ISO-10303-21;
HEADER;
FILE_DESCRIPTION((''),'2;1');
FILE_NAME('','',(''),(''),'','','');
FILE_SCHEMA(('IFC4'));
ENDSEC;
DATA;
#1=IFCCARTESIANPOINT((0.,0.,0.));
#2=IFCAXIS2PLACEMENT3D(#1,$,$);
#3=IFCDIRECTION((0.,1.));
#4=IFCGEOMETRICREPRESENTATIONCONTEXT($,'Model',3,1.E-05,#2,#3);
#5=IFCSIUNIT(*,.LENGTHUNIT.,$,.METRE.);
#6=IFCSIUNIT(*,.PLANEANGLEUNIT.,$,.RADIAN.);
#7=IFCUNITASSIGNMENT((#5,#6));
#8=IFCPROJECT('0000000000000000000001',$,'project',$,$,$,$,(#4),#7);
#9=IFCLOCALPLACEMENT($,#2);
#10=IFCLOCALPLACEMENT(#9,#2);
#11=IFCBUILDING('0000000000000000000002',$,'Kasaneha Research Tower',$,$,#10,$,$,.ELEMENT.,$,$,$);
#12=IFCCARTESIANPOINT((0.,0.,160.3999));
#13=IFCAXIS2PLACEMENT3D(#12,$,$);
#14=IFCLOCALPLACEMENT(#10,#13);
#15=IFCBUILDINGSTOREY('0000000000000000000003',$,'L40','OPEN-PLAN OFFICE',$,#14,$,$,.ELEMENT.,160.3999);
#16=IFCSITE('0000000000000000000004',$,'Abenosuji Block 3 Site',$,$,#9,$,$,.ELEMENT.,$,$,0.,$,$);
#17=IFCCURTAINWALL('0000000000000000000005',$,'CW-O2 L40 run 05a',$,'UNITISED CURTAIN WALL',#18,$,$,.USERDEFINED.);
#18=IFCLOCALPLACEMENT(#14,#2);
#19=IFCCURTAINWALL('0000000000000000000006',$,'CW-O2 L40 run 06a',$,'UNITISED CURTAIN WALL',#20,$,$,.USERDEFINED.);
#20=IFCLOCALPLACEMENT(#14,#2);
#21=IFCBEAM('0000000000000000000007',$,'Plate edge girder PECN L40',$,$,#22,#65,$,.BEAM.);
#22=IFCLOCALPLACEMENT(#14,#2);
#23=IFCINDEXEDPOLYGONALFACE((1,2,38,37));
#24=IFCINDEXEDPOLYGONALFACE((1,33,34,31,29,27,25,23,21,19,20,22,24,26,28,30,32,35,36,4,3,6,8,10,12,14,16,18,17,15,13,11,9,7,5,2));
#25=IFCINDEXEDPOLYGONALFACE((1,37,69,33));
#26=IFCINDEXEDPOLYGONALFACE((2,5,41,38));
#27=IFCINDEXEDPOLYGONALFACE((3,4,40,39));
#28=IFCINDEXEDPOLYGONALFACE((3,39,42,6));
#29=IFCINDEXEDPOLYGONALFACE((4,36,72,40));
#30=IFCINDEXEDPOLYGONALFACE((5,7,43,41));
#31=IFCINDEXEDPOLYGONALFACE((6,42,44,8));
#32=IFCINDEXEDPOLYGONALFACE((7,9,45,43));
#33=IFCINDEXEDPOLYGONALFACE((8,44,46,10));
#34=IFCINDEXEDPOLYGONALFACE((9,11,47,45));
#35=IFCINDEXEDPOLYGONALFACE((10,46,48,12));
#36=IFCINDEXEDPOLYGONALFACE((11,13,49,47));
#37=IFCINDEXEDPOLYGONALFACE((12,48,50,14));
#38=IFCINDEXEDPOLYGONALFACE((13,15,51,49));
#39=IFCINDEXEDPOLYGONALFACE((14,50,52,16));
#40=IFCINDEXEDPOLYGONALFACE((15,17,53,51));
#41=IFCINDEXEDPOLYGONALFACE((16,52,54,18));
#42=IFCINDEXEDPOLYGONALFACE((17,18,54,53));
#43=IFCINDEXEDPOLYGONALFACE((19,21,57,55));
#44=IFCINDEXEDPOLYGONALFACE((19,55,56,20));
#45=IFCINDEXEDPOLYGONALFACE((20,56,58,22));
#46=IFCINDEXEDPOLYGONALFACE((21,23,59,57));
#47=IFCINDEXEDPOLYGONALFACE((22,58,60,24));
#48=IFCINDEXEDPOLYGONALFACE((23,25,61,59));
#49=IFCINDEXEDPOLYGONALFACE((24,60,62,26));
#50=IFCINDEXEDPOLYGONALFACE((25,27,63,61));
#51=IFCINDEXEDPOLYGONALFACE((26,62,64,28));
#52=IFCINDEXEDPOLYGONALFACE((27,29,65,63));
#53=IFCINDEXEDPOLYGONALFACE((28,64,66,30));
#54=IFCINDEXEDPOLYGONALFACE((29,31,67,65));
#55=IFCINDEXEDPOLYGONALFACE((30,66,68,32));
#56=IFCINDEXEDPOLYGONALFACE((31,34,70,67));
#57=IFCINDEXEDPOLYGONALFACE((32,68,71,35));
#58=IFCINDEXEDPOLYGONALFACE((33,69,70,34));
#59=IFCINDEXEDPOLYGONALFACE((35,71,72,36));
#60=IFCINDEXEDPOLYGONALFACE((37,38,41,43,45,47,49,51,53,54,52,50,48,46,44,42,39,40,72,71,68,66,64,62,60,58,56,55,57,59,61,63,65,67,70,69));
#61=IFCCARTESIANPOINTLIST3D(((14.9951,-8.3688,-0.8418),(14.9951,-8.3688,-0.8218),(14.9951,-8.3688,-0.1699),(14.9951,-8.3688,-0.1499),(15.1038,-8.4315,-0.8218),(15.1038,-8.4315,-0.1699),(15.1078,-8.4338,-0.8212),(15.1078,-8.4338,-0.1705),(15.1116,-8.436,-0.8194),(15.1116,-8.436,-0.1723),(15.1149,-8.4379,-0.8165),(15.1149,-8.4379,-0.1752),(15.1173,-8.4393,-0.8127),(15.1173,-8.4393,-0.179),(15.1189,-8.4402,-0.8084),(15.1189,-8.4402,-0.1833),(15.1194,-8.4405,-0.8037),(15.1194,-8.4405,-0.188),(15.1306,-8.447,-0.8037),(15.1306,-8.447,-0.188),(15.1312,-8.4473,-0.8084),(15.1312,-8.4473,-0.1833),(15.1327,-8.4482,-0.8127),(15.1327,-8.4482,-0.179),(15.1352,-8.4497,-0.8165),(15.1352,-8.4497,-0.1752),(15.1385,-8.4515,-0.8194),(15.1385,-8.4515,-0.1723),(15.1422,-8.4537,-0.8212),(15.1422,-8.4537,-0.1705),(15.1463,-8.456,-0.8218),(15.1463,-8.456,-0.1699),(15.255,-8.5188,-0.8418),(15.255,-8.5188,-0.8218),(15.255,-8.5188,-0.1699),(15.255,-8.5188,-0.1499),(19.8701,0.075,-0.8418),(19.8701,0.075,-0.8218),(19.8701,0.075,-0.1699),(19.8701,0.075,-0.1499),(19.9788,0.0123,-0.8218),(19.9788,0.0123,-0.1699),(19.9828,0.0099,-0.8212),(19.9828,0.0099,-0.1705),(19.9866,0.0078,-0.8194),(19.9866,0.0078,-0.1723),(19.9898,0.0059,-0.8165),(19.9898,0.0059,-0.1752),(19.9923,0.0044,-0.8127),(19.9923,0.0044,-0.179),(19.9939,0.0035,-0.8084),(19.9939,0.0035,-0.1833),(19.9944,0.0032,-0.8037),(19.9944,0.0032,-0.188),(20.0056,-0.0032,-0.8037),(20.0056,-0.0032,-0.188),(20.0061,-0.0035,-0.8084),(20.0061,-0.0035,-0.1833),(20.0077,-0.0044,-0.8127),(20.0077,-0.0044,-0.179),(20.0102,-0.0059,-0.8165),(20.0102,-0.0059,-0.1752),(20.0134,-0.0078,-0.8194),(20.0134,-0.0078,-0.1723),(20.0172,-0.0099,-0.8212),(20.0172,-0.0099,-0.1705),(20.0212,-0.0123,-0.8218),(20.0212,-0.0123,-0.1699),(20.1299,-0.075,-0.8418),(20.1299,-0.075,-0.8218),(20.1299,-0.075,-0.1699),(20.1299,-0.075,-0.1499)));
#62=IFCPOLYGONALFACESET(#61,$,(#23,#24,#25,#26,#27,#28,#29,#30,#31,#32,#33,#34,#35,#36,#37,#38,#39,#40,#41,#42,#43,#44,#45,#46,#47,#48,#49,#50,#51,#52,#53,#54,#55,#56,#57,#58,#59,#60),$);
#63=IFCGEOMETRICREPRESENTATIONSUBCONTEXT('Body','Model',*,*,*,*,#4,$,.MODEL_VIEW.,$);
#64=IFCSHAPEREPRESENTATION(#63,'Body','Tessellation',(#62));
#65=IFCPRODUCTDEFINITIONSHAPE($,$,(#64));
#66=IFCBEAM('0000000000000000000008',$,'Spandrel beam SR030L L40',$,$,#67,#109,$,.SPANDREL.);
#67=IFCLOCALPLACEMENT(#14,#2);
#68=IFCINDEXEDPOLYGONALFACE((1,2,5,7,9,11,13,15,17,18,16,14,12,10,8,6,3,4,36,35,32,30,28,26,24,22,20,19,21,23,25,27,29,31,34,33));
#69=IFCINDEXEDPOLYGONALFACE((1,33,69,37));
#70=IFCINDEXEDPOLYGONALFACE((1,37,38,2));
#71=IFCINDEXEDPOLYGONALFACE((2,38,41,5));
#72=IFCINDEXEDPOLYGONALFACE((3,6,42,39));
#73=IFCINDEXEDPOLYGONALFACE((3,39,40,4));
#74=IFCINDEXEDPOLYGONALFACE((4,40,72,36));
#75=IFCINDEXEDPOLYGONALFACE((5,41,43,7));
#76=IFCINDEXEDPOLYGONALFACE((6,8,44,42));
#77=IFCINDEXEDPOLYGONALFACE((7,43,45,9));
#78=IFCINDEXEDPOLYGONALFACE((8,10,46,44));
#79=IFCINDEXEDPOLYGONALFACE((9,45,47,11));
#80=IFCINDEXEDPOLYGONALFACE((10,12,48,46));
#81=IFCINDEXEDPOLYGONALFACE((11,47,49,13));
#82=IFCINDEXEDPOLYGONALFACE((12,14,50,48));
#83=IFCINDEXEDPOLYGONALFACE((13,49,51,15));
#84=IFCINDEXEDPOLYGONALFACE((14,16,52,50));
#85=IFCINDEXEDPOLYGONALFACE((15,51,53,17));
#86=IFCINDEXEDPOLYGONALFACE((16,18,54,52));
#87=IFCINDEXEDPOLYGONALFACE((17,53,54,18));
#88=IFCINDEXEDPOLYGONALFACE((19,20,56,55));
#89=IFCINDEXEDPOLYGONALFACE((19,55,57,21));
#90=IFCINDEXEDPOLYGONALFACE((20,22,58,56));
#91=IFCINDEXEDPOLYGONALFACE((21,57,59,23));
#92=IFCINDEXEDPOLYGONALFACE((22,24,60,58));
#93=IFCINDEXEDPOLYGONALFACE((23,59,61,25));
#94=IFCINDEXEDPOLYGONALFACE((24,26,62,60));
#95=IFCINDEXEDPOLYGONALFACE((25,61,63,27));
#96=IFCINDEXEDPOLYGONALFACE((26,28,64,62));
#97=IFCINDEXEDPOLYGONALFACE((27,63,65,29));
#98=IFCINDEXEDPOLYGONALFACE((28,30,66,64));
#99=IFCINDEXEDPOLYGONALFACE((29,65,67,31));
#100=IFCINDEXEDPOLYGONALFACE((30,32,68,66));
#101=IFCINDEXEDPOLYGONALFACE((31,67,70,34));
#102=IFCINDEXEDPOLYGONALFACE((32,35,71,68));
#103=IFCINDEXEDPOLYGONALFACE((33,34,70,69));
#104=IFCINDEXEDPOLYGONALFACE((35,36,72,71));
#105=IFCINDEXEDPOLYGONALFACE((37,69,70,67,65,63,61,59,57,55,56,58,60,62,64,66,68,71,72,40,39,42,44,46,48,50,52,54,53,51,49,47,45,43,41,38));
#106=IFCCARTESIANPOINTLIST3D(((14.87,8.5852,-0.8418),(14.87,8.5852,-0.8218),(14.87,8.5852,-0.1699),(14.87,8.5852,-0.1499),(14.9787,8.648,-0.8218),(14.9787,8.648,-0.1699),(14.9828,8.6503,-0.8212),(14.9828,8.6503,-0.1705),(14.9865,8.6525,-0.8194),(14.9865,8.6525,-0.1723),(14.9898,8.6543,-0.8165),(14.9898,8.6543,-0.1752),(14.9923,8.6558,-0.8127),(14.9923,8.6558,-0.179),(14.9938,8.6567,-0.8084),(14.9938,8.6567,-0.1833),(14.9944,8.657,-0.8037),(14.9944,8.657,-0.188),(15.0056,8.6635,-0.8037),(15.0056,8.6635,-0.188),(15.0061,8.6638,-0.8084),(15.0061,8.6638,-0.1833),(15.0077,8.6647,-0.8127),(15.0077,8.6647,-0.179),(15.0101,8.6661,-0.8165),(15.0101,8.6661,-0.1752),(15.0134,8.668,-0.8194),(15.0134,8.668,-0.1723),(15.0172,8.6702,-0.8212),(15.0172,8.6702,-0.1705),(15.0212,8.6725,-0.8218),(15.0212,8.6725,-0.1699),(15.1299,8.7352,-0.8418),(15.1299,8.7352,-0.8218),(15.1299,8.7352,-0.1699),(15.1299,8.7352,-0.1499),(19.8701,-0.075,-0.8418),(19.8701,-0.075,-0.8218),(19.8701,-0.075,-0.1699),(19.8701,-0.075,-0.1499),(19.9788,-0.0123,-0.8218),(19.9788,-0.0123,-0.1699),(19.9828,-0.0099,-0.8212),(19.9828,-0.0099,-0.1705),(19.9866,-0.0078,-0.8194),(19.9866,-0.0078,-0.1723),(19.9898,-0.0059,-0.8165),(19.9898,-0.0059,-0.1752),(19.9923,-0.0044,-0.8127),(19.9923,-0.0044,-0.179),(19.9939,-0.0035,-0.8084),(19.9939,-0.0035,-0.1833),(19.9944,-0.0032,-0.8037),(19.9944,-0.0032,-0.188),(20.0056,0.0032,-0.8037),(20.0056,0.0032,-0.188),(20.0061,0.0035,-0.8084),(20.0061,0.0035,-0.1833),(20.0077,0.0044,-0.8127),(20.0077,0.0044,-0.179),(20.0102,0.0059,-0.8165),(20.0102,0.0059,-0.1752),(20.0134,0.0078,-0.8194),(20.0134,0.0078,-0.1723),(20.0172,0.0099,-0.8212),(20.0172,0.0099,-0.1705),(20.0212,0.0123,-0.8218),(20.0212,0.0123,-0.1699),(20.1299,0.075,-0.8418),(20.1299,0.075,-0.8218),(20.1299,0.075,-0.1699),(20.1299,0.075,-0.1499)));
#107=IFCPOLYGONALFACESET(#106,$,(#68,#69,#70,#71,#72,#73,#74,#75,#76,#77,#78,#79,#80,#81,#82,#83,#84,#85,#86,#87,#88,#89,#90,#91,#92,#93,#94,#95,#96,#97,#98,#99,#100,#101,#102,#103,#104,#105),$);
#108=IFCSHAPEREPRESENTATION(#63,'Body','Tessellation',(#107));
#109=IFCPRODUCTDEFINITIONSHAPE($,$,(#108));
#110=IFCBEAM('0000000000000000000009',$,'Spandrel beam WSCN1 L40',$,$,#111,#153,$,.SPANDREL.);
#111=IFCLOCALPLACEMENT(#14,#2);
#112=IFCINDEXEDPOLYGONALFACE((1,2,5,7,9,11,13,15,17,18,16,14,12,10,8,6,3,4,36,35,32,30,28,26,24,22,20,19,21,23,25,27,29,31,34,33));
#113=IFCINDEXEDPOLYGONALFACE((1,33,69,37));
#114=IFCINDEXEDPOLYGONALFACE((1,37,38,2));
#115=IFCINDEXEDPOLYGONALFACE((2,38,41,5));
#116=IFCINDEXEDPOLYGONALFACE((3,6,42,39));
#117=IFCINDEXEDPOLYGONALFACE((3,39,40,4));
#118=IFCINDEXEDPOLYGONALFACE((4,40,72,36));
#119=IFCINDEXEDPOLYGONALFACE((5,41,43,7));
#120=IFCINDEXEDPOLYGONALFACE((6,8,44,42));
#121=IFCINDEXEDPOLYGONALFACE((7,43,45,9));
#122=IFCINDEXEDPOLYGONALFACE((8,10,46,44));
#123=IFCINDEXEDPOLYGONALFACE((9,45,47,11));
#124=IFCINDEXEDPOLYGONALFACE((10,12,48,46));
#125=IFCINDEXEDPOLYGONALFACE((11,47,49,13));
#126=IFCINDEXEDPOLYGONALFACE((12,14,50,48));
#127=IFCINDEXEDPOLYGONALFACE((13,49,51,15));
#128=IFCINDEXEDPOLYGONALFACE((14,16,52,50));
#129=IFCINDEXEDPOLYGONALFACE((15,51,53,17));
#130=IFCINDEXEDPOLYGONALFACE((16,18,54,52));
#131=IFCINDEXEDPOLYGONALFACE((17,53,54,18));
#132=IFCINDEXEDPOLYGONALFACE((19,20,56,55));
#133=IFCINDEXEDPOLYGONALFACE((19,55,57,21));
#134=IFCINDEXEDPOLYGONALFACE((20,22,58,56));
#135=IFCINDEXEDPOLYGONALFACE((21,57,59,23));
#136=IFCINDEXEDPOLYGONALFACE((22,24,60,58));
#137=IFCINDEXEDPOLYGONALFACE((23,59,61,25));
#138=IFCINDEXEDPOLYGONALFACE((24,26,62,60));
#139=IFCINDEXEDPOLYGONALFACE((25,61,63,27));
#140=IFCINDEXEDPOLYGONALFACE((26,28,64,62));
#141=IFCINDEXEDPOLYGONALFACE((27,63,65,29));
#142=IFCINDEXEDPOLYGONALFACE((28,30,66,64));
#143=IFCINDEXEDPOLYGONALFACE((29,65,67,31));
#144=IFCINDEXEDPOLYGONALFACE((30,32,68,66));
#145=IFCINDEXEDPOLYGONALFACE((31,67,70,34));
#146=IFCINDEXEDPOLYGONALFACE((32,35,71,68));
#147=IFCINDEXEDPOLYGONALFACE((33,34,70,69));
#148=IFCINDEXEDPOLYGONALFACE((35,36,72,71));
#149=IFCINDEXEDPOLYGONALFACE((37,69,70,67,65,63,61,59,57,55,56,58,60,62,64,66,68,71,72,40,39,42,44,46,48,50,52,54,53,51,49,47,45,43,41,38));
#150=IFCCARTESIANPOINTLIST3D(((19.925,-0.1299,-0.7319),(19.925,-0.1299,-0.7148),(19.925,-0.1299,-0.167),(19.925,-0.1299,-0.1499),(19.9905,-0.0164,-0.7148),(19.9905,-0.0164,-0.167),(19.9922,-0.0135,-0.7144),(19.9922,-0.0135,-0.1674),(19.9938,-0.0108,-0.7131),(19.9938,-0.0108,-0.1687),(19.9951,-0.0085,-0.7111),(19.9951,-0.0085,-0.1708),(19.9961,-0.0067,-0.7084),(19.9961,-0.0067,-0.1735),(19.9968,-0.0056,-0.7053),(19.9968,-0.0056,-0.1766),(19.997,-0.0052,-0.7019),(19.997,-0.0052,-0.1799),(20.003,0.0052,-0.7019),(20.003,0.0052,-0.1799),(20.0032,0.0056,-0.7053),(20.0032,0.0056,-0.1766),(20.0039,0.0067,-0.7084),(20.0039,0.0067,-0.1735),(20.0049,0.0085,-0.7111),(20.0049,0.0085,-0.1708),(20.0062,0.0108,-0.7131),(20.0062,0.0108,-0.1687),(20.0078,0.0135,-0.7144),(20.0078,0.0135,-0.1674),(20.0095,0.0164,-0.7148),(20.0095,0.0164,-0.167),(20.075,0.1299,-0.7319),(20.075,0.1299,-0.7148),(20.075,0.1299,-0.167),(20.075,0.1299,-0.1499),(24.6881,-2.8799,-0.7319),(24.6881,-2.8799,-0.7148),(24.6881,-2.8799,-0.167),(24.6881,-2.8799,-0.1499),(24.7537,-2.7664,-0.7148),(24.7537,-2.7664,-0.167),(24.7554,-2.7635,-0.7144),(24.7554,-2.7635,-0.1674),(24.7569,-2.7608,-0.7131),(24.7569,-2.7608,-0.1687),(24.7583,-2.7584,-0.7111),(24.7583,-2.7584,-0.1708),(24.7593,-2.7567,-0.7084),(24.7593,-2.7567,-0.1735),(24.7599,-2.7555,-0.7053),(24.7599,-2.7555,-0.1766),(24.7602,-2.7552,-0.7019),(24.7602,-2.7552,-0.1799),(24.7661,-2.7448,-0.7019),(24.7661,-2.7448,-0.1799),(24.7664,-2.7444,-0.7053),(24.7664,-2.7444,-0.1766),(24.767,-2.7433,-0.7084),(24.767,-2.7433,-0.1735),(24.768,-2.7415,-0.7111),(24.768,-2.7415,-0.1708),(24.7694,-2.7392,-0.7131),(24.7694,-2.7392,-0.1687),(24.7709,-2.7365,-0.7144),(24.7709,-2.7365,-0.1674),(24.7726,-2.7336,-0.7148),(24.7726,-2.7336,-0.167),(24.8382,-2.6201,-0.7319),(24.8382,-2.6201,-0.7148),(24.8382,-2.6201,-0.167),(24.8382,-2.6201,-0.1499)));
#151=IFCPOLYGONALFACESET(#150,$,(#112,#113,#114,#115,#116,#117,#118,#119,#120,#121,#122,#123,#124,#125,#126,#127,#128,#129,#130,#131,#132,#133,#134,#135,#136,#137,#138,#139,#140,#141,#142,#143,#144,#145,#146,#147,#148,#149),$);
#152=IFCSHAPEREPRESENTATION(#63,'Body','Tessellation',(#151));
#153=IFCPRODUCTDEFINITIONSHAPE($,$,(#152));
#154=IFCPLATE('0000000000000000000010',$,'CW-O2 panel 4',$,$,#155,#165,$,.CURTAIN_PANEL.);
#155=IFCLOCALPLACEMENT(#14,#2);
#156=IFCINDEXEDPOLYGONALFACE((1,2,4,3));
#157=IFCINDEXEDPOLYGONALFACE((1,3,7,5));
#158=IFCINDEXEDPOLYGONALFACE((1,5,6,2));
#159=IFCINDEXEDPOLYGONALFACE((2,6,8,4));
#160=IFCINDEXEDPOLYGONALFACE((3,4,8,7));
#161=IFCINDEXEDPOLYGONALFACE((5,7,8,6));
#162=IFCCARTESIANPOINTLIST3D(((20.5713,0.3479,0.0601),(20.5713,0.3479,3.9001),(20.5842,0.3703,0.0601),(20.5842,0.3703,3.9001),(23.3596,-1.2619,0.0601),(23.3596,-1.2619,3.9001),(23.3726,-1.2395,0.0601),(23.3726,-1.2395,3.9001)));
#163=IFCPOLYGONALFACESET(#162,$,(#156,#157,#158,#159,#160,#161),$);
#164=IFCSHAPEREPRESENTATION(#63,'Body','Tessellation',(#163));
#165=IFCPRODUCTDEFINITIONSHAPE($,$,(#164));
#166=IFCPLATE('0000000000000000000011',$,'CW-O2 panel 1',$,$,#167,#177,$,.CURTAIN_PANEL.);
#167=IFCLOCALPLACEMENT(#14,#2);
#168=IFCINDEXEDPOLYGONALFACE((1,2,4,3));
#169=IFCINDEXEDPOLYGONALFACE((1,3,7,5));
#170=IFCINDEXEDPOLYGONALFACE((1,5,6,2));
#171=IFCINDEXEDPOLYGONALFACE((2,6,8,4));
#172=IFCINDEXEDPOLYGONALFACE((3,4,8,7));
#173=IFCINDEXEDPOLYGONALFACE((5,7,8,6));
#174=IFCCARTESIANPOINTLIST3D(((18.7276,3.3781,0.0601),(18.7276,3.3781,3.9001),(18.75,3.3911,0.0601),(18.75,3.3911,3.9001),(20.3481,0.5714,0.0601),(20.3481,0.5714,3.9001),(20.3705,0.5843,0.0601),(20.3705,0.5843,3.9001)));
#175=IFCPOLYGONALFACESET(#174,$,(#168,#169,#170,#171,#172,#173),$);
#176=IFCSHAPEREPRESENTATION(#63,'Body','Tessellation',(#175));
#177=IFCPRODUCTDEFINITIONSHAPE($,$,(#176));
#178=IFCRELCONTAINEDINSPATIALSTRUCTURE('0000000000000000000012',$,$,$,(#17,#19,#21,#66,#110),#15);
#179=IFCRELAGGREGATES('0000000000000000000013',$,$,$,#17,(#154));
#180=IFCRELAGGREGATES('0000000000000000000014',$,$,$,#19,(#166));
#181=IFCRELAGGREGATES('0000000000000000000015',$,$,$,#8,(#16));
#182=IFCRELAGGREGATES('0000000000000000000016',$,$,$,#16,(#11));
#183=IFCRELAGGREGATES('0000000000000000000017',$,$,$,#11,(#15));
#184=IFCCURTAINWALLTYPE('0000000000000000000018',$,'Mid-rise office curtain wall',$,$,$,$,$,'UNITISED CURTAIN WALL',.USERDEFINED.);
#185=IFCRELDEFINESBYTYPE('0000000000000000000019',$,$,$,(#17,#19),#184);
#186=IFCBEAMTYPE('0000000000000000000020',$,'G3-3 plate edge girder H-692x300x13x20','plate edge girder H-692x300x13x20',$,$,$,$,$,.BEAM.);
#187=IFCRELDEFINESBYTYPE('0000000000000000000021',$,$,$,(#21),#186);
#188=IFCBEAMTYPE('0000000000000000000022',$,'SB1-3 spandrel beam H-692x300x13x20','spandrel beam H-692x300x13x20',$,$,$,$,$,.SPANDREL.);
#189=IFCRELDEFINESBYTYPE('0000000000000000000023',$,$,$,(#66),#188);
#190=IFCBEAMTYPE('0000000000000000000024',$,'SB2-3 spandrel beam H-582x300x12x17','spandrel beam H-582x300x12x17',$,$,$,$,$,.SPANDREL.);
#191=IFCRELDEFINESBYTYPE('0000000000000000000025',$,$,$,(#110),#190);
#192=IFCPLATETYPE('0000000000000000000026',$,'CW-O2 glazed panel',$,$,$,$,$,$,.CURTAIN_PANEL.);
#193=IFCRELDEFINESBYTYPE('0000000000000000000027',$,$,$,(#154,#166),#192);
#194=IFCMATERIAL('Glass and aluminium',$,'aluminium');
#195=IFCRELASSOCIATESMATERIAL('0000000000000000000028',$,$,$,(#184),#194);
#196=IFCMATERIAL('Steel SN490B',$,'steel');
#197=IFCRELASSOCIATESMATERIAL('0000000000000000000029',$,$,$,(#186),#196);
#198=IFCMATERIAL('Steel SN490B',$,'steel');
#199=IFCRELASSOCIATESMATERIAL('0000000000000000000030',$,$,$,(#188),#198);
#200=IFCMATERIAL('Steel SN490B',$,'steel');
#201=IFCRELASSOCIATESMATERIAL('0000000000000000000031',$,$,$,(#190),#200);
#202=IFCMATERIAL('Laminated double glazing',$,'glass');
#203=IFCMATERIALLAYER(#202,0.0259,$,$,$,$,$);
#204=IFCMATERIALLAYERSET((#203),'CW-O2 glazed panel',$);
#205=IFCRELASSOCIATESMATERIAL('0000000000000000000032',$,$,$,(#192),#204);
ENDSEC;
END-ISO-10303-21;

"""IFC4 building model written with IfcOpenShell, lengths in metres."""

from ifc_helpers import new_model, si_unit, direction, frame, origin, origin_2d, place, context, subcontext, project, spatial, rectangle, i_section, extrude, material, layer, layer_set, material_profile, profile_set, type_object, element, aggregate, save


model = new_model("IFC4")

# Units and contexts
model_context = context("Model", 3, precision=1e-05, world=origin(), true_north=direction((0.0, 1.0)))
body_context = subcontext(model_context, "Body", "Model", "MODEL_VIEW")
ifc_project = project(units=[si_unit("LENGTHUNIT", "METRE"), si_unit("PLANEANGLEUNIT", "RADIAN")], contexts=[model_context])

# Site, building, storey
site_placement = place(None, origin())
site = spatial("IfcSite", under=ifc_project, at=site_placement, Name="Abenosuji Block 3 Site", CompositionType="ELEMENT", RefElevation=0.0)
building_placement = place(site_placement, origin())
building = spatial("IfcBuilding", under=site, at=building_placement, Name="Kasaneha Research Tower", CompositionType="ELEMENT")
storey_placement = place(building_placement, frame((0.0, 0.0, 160.3999)))
storey = spatial("IfcBuildingStorey", under=building, at=storey_placement, Name="L40", Description="OPEN-PLAN OFFICE", CompositionType="ELEMENT", Elevation=160.3999)

# Curtain walls
ifc_material_1 = material(Name="Glass and aluminium", Category="aluminium")
curtain_wall_type = type_object("IfcCurtainWallType", Name="Mid-rise office curtain wall", ElementType="UNITISED CURTAIN WALL", PredefinedType="USERDEFINED", material=ifc_material_1)
curtain_wall_1_placement = place(storey_placement, origin())
curtain_wall_1 = element("IfcCurtainWall", 1, at=curtain_wall_1_placement, inside=storey, type_object=curtain_wall_type, Name="CW-O2 L40 run 05a", ObjectType="UNITISED CURTAIN WALL", PredefinedType="USERDEFINED")
curtain_wall_2_placement = place(storey_placement, origin())
curtain_wall_2 = element("IfcCurtainWall", 2, at=curtain_wall_2_placement, inside=storey, type_object=curtain_wall_type, Name="CW-O2 L40 run 06a", ObjectType="UNITISED CURTAIN WALL", PredefinedType="USERDEFINED")

# Beams
ifc_material_2 = material(Name="Steel SN490B", Category="steel")
ifc_material_profile_1 = material_profile(ifc_material_2, i_section(OverallWidth=0.3, OverallDepth=0.6919, WebThickness=0.0129, FlangeThickness=0.02, FilletRadius=0.0181, at=origin_2d()), Name="H-692x300x13x20")
ifc_profile_set_1 = profile_set([ifc_material_profile_1], Name="Steel SN490B")
beam_type_1 = type_object("IfcBeamType", Name="G3-3 plate edge girder H-692x300x13x20", Description="plate edge girder H-692x300x13x20", PredefinedType="BEAM", material=ifc_profile_set_1)
beam_1_placement = place(storey_placement, frame((20.0, 0.0, -0.4958), z_axis=(-0.499996, -0.866028, 0.0), x_axis=(0.866028, -0.499996, 0.0)))
element("IfcBeam", 3, at=beam_1_placement, inside=storey, type_object=beam_type_1, Name="Plate edge girder PECN L40", PredefinedType="BEAM", context=body_context, shape_type="SweptSolid", body=[
    extrude(i_section(OverallWidth=0.3, OverallDepth=0.6919, WebThickness=0.0129, FlangeThickness=0.02, FilletRadius=0.0181, at=origin_2d()), origin(), (0.0, 0.0, 1.0), 9.75),
])
ifc_material_3 = material(Name="Steel SN490B", Category="steel")
ifc_material_profile_2 = material_profile(ifc_material_3, i_section(OverallWidth=0.3, OverallDepth=0.6919, WebThickness=0.0129, FlangeThickness=0.02, FilletRadius=0.0181, at=origin_2d()), Name="H-692x300x13x20")
ifc_profile_set_2 = profile_set([ifc_material_profile_2], Name="Steel SN490B")
beam_type_2 = type_object("IfcBeamType", Name="SB1-3 spandrel beam H-692x300x13x20", Description="spandrel beam H-692x300x13x20", PredefinedType="SPANDREL", material=ifc_profile_set_2)
beam_2_placement = place(storey_placement, frame((20.0, 0.0, -0.4958), z_axis=(-0.500004, 0.866023, 0.0), x_axis=(-0.866023, -0.500004, 0.0)))
element("IfcBeam", 4, at=beam_2_placement, inside=storey, type_object=beam_type_2, Name="Spandrel beam SR030L L40", PredefinedType="SPANDREL", context=body_context, shape_type="SweptSolid", body=[
    extrude(i_section(OverallWidth=0.3, OverallDepth=0.6919, WebThickness=0.0129, FlangeThickness=0.02, FilletRadius=0.0181, at=origin_2d()), origin(), (0.0, 0.0, 1.0), 10.0),
])
ifc_material_4 = material(Name="Steel SN490B", Category="steel")
ifc_material_profile_3 = material_profile(ifc_material_4, i_section(OverallWidth=0.3, OverallDepth=0.582, WebThickness=0.012, FlangeThickness=0.0171, FilletRadius=0.0129, at=origin_2d()), Name="H-582x300x12x17")
ifc_profile_set_3 = profile_set([ifc_material_profile_3], Name="Steel SN490B")
beam_type_3 = type_object("IfcBeamType", Name="SB2-3 spandrel beam H-582x300x12x17", Description="spandrel beam H-582x300x12x17", PredefinedType="SPANDREL", material=ifc_profile_set_3)
beam_3_placement = place(storey_placement, frame((20.0, 0.0, -0.4409), z_axis=(0.866027, -0.499997, 0.0), x_axis=(0.499997, 0.866027, 0.0)))
element("IfcBeam", 5, at=beam_3_placement, inside=storey, type_object=beam_type_3, Name="Spandrel beam WSCN1 L40", PredefinedType="SPANDREL", context=body_context, shape_type="SweptSolid", body=[
    extrude(i_section(OverallWidth=0.3, OverallDepth=0.582, WebThickness=0.012, FlangeThickness=0.0171, FilletRadius=0.0129, at=origin_2d()), origin(), (0.0, 0.0, 1.0), 5.5),
])

# Plates
ifc_material_5 = material(Name="Laminated double glazing", Category="glass")
ifc_layer = layer(ifc_material_5, 0.0259)
ifc_layer_set = layer_set([ifc_layer], Name="CW-O2 glazed panel")
plate_type = type_object("IfcPlateType", Name="CW-O2 glazed panel", PredefinedType="CURTAIN_PANEL", material=ifc_layer_set)
plate_1_placement = place(storey_placement, frame((21.9719, -0.4458, 0.0601), z_axis=(0.0, 0.0, 1.0), x_axis=(-0.866025, 0.5, 0.0)))
plate_1 = element("IfcPlate", 6, at=plate_1_placement, type_object=plate_type, Name="CW-O2 panel 4", PredefinedType="CURTAIN_PANEL", context=body_context, shape_type="SweptSolid", body=[
    extrude(rectangle(XDim=3.2197, YDim=0.0259, at=origin_2d()), origin(), (0.0, 0.0, 1.0), 3.8401),
])
aggregate(curtain_wall_1, [plate_1])
plate_2_placement = place(storey_placement, frame((19.5491, 1.9812, 0.0601), z_axis=(0.0, 0.0, 1.0), x_axis=(-0.5, 0.866025, 0.0)))
plate_2 = element("IfcPlate", 7, at=plate_2_placement, type_object=plate_type, Name="CW-O2 panel 1", PredefinedType="CURTAIN_PANEL", context=body_context, shape_type="SweptSolid", body=[
    extrude(rectangle(XDim=3.241, YDim=0.0259, at=origin_2d()), origin(), (0.0, 0.0, 1.0), 3.8401),
])
aggregate(curtain_wall_2, [plate_2])

save(model, "model.ifc")
